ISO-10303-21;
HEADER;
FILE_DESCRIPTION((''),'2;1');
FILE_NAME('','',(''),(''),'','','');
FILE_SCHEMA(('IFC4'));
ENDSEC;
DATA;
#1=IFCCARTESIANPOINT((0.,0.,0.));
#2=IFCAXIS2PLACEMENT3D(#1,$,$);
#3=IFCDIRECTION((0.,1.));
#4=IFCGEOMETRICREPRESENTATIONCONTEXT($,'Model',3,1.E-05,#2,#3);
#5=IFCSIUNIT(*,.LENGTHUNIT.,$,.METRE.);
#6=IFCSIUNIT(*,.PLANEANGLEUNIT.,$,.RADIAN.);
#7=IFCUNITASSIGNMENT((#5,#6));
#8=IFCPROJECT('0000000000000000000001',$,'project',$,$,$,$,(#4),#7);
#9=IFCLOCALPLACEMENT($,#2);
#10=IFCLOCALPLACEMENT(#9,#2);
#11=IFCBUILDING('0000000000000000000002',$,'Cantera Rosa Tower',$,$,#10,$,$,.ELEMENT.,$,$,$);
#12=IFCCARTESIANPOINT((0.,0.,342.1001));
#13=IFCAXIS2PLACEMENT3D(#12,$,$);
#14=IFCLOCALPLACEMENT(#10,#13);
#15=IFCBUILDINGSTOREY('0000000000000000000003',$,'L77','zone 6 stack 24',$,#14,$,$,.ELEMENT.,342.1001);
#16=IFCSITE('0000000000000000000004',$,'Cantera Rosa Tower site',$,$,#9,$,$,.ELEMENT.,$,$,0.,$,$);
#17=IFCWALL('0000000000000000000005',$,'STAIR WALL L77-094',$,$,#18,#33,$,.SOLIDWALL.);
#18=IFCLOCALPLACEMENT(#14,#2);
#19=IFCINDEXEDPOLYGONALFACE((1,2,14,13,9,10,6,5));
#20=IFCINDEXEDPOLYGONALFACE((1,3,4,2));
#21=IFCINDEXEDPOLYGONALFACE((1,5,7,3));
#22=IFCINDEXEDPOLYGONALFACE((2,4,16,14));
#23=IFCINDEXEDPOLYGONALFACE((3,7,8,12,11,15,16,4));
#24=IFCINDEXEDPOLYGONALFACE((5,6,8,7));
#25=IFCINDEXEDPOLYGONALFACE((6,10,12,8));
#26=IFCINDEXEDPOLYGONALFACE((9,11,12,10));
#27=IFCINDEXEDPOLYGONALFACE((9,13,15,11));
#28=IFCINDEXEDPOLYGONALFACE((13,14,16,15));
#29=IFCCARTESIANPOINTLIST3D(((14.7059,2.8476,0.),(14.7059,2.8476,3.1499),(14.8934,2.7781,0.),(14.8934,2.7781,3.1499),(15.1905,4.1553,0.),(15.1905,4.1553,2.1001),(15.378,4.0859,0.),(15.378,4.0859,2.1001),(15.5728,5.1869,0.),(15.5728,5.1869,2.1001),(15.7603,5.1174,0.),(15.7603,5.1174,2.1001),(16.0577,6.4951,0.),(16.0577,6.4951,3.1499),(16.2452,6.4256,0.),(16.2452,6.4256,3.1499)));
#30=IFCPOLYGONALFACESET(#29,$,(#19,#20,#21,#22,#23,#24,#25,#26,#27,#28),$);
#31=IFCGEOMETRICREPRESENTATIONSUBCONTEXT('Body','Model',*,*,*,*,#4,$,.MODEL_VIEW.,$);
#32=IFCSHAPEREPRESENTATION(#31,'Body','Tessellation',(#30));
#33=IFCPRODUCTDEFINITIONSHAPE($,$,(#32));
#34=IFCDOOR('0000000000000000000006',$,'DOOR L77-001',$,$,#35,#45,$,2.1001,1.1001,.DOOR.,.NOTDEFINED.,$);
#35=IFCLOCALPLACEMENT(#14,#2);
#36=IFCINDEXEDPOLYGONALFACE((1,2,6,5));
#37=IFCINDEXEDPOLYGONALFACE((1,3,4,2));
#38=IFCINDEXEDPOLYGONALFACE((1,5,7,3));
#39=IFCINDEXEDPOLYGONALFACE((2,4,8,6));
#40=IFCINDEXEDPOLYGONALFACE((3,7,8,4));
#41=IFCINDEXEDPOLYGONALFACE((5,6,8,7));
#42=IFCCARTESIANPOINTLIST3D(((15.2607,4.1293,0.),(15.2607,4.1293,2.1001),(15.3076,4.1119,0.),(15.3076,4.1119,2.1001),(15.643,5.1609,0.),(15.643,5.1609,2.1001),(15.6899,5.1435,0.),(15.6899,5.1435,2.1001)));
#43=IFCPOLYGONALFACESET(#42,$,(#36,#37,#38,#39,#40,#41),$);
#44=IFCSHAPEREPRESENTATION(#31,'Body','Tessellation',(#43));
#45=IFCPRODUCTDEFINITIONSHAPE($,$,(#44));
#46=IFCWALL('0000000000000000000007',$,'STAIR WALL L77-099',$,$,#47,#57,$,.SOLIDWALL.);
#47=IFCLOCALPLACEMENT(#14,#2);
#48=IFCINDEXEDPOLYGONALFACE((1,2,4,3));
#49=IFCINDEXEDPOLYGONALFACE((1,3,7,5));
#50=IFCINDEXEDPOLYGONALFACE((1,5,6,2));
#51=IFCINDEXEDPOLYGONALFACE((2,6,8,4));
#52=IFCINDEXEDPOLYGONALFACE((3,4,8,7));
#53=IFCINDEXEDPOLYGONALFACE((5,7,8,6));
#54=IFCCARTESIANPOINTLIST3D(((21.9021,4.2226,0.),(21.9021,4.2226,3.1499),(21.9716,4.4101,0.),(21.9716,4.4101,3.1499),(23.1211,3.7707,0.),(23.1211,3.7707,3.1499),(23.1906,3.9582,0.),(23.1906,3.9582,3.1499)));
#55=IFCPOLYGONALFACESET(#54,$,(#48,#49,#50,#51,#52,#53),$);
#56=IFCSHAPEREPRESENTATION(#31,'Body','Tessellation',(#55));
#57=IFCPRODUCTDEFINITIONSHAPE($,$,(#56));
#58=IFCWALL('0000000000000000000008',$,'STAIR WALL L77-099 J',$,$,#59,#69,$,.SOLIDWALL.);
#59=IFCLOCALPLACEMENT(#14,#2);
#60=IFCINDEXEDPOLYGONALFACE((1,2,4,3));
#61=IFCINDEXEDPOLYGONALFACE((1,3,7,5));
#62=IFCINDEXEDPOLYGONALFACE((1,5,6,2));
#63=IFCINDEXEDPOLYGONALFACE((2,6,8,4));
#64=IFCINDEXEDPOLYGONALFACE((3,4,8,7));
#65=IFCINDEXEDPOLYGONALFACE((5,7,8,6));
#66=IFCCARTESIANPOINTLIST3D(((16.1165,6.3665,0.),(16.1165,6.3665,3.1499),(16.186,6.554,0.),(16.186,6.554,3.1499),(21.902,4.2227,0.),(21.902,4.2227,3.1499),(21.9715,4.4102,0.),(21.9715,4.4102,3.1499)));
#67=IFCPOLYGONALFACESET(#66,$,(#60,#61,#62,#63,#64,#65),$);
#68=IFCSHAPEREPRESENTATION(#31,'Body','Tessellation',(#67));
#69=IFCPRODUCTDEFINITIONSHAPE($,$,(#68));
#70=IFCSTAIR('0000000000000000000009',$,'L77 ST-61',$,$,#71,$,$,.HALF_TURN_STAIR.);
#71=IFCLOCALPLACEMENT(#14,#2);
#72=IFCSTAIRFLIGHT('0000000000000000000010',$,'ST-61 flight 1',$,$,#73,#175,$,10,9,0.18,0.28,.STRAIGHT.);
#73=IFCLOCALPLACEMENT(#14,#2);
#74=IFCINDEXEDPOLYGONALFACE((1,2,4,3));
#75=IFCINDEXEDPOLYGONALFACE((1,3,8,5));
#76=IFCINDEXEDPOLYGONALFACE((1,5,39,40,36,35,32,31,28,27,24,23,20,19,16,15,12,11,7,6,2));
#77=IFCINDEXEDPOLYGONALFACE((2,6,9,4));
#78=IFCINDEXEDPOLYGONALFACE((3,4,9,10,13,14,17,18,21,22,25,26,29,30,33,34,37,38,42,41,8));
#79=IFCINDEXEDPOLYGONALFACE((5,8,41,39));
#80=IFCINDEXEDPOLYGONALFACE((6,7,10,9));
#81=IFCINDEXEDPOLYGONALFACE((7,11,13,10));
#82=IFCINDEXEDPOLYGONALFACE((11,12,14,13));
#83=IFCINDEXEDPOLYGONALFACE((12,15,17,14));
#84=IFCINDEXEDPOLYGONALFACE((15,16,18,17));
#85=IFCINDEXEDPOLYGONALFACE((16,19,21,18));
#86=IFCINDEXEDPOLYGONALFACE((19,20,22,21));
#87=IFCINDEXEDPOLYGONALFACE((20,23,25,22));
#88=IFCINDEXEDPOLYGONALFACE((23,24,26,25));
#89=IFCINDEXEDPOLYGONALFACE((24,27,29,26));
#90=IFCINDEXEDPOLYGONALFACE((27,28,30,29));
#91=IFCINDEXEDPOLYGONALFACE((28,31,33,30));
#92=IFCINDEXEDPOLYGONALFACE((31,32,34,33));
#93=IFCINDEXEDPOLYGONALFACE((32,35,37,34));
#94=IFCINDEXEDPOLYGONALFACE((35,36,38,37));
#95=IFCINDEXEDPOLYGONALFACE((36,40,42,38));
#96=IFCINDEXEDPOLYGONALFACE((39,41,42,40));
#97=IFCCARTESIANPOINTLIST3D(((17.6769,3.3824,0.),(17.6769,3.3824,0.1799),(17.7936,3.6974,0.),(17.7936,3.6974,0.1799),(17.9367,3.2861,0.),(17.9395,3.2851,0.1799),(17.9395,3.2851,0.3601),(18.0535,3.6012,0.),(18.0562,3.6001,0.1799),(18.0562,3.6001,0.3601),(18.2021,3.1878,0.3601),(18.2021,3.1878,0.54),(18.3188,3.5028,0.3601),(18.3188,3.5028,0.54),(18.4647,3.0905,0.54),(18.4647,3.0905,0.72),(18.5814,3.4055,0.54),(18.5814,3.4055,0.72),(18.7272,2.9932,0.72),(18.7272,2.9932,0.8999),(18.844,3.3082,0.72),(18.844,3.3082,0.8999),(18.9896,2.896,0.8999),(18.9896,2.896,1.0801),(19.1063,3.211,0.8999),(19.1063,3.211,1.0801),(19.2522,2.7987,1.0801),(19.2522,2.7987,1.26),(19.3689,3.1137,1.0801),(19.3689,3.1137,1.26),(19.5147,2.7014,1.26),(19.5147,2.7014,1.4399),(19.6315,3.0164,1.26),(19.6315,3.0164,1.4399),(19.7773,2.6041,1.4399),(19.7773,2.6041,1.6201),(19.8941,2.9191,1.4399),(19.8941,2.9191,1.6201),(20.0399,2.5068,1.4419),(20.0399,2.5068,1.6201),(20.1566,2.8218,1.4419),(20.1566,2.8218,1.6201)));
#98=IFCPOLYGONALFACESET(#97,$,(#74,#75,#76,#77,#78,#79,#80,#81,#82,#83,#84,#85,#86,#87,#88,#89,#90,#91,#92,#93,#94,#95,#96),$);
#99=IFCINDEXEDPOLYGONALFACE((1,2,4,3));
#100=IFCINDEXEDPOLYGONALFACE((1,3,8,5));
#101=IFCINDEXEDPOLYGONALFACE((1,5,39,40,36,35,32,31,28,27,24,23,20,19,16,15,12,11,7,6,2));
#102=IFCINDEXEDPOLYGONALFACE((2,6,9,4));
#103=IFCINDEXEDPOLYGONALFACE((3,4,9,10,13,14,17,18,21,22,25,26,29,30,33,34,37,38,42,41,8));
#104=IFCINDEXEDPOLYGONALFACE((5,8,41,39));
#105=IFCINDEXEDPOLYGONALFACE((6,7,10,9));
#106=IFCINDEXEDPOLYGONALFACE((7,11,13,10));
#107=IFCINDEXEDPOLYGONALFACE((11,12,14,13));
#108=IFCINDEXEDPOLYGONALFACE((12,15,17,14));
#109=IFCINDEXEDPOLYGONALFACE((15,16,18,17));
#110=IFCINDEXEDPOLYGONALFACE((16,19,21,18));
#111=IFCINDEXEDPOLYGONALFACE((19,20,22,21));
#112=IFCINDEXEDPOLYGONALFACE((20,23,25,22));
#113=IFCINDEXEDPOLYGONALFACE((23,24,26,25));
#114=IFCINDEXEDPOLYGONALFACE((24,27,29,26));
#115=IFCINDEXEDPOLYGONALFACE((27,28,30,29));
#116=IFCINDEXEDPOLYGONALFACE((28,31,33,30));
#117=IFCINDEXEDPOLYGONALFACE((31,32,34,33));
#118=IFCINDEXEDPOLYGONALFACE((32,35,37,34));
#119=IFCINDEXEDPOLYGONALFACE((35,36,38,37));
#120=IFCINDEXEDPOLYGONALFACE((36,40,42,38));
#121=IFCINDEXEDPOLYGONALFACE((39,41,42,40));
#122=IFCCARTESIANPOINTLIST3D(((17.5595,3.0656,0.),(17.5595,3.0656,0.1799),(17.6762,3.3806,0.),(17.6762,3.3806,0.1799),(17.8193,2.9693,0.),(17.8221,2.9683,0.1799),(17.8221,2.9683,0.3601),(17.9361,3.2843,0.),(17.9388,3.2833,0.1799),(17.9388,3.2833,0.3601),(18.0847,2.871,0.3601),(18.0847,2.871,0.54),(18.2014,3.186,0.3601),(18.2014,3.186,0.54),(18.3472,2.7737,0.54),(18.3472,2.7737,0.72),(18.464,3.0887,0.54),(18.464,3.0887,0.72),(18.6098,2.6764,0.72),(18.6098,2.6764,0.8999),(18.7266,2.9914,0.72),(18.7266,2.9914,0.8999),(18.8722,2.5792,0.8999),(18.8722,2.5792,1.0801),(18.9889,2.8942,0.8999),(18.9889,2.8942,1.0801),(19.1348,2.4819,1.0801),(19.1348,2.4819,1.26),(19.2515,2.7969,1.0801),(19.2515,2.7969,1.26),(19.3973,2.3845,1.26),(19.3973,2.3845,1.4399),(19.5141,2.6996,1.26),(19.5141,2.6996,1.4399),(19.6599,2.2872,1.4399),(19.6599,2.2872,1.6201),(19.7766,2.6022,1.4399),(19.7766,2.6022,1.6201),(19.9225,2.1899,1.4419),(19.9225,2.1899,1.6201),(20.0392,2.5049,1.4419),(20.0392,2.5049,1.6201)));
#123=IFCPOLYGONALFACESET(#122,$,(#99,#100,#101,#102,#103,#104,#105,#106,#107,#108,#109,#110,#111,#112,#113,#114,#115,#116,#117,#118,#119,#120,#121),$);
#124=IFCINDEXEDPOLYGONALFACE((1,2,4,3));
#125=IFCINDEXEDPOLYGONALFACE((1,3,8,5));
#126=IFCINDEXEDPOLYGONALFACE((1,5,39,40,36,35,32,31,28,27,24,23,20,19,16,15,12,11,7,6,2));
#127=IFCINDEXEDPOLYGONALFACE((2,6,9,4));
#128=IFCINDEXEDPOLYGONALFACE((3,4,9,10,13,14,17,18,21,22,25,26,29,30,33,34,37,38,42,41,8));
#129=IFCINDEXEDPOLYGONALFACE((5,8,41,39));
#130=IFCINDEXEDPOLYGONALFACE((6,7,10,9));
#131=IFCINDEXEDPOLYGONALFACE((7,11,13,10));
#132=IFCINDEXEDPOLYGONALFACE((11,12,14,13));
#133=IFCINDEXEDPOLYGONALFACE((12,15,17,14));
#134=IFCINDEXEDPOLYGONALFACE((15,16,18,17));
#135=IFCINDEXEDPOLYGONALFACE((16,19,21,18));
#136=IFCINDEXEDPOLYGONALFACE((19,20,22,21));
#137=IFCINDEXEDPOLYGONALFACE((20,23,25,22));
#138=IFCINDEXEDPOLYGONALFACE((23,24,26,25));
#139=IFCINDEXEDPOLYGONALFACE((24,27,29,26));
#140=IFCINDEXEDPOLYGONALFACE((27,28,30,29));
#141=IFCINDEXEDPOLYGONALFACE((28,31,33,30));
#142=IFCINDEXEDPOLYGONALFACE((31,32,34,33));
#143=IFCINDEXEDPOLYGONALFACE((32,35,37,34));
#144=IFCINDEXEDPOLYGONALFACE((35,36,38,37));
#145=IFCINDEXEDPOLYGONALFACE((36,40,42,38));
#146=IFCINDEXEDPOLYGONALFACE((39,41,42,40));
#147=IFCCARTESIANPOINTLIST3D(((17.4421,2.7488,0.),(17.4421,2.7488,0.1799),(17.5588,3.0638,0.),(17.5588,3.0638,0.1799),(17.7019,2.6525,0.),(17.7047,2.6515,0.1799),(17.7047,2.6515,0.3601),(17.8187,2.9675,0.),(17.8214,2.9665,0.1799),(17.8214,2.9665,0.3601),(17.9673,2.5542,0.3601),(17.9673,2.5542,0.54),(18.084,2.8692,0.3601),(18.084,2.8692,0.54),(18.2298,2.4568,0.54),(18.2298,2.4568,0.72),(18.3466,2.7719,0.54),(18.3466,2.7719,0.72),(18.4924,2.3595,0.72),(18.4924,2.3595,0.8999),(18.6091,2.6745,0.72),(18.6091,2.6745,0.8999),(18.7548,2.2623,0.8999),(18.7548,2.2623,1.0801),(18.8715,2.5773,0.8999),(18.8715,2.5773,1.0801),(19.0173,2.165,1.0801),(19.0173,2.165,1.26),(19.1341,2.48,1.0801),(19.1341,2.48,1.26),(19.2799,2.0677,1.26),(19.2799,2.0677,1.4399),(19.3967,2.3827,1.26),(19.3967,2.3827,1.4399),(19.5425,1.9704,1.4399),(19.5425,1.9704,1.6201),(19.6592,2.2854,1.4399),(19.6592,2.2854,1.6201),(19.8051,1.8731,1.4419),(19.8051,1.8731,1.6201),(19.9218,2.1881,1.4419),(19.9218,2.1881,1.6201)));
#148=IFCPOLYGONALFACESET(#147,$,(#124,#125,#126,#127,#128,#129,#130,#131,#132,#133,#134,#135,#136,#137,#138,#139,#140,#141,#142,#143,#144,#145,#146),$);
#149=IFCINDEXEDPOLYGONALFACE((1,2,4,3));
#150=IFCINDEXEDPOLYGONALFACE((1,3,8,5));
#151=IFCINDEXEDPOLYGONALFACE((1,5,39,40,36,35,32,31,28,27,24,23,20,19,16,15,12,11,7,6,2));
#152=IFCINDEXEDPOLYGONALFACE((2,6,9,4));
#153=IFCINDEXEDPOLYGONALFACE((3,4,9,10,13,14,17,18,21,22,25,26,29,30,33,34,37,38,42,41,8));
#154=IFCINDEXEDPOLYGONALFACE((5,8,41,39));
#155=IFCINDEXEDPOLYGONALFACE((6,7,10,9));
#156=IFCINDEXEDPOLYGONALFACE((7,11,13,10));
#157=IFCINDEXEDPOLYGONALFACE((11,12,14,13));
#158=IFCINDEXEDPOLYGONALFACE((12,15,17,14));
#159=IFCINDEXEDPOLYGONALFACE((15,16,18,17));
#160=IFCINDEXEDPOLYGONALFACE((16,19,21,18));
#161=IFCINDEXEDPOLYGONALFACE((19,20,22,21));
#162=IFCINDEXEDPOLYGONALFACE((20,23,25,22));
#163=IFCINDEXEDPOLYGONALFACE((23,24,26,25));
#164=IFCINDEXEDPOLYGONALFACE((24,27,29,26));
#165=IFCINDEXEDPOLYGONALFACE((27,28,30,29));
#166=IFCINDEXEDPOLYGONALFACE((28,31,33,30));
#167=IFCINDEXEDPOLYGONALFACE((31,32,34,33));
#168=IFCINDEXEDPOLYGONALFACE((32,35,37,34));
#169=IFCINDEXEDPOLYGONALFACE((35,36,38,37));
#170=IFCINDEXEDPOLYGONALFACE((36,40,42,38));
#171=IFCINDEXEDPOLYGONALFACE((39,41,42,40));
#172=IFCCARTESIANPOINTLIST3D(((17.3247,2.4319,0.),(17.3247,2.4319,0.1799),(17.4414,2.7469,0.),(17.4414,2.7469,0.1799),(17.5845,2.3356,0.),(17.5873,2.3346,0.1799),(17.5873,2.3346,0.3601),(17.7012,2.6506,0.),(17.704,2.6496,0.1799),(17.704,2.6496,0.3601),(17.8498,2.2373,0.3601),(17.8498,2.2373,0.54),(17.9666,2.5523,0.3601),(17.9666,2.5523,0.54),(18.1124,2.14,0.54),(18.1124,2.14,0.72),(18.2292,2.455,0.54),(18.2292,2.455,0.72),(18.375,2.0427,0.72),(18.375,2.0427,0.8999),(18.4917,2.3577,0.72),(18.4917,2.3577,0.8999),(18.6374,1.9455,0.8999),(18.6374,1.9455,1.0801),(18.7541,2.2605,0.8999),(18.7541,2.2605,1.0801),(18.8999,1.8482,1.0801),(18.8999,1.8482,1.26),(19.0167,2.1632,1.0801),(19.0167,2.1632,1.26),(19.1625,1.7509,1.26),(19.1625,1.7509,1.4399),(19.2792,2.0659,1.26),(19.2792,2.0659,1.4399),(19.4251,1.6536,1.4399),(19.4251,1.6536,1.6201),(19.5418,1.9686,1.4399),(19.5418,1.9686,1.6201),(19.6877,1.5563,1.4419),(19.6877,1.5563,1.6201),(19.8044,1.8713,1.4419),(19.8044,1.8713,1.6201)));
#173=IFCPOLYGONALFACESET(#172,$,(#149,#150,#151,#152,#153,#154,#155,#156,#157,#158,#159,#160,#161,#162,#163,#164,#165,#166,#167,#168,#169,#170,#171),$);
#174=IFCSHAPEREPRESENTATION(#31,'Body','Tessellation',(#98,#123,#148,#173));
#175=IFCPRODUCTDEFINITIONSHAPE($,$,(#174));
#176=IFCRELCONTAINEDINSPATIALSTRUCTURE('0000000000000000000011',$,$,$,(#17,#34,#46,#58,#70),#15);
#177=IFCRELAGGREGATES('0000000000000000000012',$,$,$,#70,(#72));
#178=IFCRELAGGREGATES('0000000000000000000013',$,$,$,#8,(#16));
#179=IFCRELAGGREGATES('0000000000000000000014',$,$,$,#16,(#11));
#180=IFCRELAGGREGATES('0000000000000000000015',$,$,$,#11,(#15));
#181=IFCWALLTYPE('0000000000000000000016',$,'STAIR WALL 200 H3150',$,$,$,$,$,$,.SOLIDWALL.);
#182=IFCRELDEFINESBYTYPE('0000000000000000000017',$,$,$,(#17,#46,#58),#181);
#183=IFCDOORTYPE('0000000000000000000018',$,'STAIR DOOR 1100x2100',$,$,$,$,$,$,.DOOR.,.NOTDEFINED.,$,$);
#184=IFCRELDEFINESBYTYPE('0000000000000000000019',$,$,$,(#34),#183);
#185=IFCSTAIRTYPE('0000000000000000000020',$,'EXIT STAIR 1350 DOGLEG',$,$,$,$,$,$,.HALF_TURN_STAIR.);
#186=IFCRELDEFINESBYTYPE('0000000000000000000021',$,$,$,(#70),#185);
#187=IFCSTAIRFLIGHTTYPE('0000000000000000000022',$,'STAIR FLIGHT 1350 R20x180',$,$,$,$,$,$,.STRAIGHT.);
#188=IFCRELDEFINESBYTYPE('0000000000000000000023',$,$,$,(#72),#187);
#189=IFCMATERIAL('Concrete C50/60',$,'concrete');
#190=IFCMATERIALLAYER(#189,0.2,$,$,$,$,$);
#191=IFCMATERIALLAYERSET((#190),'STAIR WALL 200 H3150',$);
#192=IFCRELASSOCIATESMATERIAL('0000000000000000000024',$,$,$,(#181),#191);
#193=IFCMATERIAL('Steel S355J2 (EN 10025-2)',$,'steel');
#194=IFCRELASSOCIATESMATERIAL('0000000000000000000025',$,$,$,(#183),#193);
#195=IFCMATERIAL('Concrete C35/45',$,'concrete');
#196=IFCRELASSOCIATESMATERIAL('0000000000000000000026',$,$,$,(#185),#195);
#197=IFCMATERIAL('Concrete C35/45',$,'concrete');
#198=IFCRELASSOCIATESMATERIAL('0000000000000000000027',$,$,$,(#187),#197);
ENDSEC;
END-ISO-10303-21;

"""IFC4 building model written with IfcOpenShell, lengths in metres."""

from ifc_helpers import new_model, si_unit, direction, frame, frame_2d, origin, place, context, subcontext, project, spatial, polyline, rectangle, outline, extrude, material, layer, layer_set, type_object, element, fill, aggregate, save


model = new_model("IFC4")

# Units and contexts
model_context = context("Model", 3, precision=1e-05, world=origin(), true_north=direction((0.0, 1.0)))
body_context = subcontext(model_context, "Body", "Model", "MODEL_VIEW")
ifc_project = project(units=[si_unit("LENGTHUNIT", "METRE"), si_unit("PLANEANGLEUNIT", "RADIAN")], contexts=[model_context])

# Site, building, storey
site_placement = place(None, origin())
site = spatial("IfcSite", under=ifc_project, at=site_placement, Name="Cantera Rosa Tower site", CompositionType="ELEMENT", RefElevation=0.0)
building_placement = place(site_placement, origin())
building = spatial("IfcBuilding", under=site, at=building_placement, Name="Cantera Rosa Tower", CompositionType="ELEMENT")
storey_placement = place(building_placement, frame((0.0, 0.0, 342.1001)))
storey = spatial("IfcBuildingStorey", under=building, at=storey_placement, Name="L77", Description="zone 6 stack 24", CompositionType="ELEMENT", Elevation=342.1001)

# Wall, opening, door
ifc_material_1 = material(Name="Concrete C50/60", Category="concrete")
ifc_layer_1 = layer(ifc_material_1, 0.2)
ifc_layer_set_1 = layer_set([ifc_layer_1], Name="STAIR WALL 200 H3150")
wall_type_1 = type_object("IfcWallType", Name="STAIR WALL 200 H3150", PredefinedType="SOLIDWALL", material=ifc_layer_set_1)
wall_1_placement = place(storey_placement, frame((16.1514, 6.4602, 0.0), z_axis=(0.0, 0.0, 1.0), x_axis=(-0.347517, -0.937674, 0.0)))
wall_1 = element("IfcWall", 1, at=wall_1_placement, inside=storey, type_object=wall_type_1, Name="STAIR WALL L77-094", PredefinedType="SOLIDWALL", context=body_context, shape_type="SweptSolid", body=[
    extrude(rectangle(XDim=3.8899, YDim=0.2, at=frame_2d((1.9448, 0.0))), origin(), (0.0, 0.0, 1.0), 3.1499),
])
opening_1_placement = place(wall_1_placement, frame((1.395, 0.0, 0.0)))
opening_1 = element("IfcOpeningElement", 2, at=opening_1_placement, cuts=wall_1, PredefinedType="OPENING", context=body_context, shape_type="SweptSolid", body=[
    extrude(rectangle(XDim=1.1001, YDim=2.1001, at=frame_2d((0.55, 1.05))), frame((0.0, 0.1099, 0.0), z_axis=(0.0, -1.0, 0.0), x_axis=(1.0, 0.0, 0.0)), (0.0, 0.0, 1.0), 0.22),
])
ifc_material_2 = material(Name="Steel S355J2 (EN 10025-2)", Category="steel")
door_type_1 = type_object("IfcDoorType", Name="STAIR DOOR 1100x2100", OperationType="NOTDEFINED", PredefinedType="DOOR", material=ifc_material_2)
door_1_placement = place(opening_1_placement, origin())
door_1 = element("IfcDoor", 3, at=door_1_placement, inside=storey, type_object=door_type_1, Name="DOOR L77-001", OperationType="NOTDEFINED", OverallHeight=2.1001, OverallWidth=1.1001, PredefinedType="DOOR", context=body_context, shape_type="SweptSolid", body=[
    extrude(rectangle(XDim=1.1001, YDim=2.1001, at=frame_2d((0.55, 1.05))), frame((0.0, 0.0249, 0.0), z_axis=(0.0, -1.0, 0.0), x_axis=(1.0, 0.0, 0.0)), (0.0, 0.0, 1.0), 0.05),
])
fill(opening_1, door_1)

# Walls
wall_2_placement = place(storey_placement, frame((23.1558, 3.8645, 0.0), z_axis=(0.0, 0.0, 1.0), x_axis=(-0.937642, 0.347602, 0.0)))
element("IfcWall", 4, at=wall_2_placement, inside=storey, type_object=wall_type_1, Name="STAIR WALL L77-099", PredefinedType="SOLIDWALL", context=body_context, shape_type="SweptSolid", body=[
    extrude(rectangle(XDim=1.3, YDim=0.2, at=frame_2d((0.6499, 0.0))), origin(), (0.0, 0.0, 1.0), 3.1499),
])
wall_3_placement = place(storey_placement, frame((21.9368, 4.3164, 0.0), z_axis=(0.0, 0.0, 1.0), x_axis=(-0.937693, 0.347465, 0.0)))
element("IfcWall", 5, at=wall_3_placement, inside=storey, type_object=wall_type_1, Name="STAIR WALL L77-099 J", PredefinedType="SOLIDWALL", context=body_context, shape_type="SweptSolid", body=[
    extrude(rectangle(XDim=6.1699, YDim=0.2, at=frame_2d((3.085, 0.0))), origin(), (0.0, 0.0, 1.0), 3.1499),
])

# Stair, stair flight
ifc_material_3 = material(Name="Concrete C35/45", Category="concrete")
stair_type = type_object("IfcStairType", Name="EXIT STAIR 1350 DOGLEG", PredefinedType="HALF_TURN_STAIR", material=ifc_material_3)
stair_placement = place(storey_placement, origin())
stair = element("IfcStair", 6, at=stair_placement, inside=storey, type_object=stair_type, Name="L77 ST-61", PredefinedType="HALF_TURN_STAIR")
ifc_material_4 = material(Name="Concrete C35/45", Category="concrete")
stair_flight_type = type_object("IfcStairFlightType", Name="STAIR FLIGHT 1350 R20x180", PredefinedType="STRAIGHT", material=ifc_material_4)
stair_flight_1_placement = place(storey_placement, frame((17.5591, 3.0645, 0.0), z_axis=(0.0, 0.0, 1.0), x_axis=(0.937687, -0.347481, 0.0)))
stair_flight_1 = element("IfcStairFlight", 7, at=stair_flight_1_placement, type_object=stair_flight_type, Name="ST-61 flight 1", NumberOfRisers=10, NumberOfTreads=9, PredefinedType="STRAIGHT", RiserHeight=0.18, TreadLength=0.28, context=body_context, shape_type="SweptSolid", body=[
    extrude(outline(polyline([(0.0, 0.0), (0.0, 0.1799), (0.28, 0.1799), (0.28, 0.3601), (0.5601, 0.3601), (0.5601, 0.54), (0.8401, 0.54), (0.8401, 0.72), (1.1201, 0.72), (1.1201, 0.8999), (1.3999, 0.8999), (1.3999, 1.0801), (1.6799, 1.0801), (1.6799, 1.26), (1.96, 1.26), (1.96, 1.4399), (2.24, 1.4399), (2.24, 1.6201), (2.52, 1.6201), (2.52, 1.8), (2.52, 1.4419), (0.2771, 0.0), (0.0, 0.0)])), frame((0.0, 0.675, 0.0), z_axis=(0.0, -1.0, 0.0), x_axis=(1.0, 0.0, 0.0)), (0.0, 0.0, 1.0), 0.3359),
    extrude(outline(polyline([(0.0, 0.0), (0.0, 0.1799), (0.28, 0.1799), (0.28, 0.3601), (0.5601, 0.3601), (0.5601, 0.54), (0.8401, 0.54), (0.8401, 0.72), (1.1201, 0.72), (1.1201, 0.8999), (1.3999, 0.8999), (1.3999, 1.0801), (1.6799, 1.0801), (1.6799, 1.26), (1.96, 1.26), (1.96, 1.4399), (2.24, 1.4399), (2.24, 1.6201), (2.52, 1.6201), (2.52, 1.8), (2.52, 1.4419), (0.2771, 0.0), (0.0, 0.0)])), frame((0.0, 0.3372, 0.0), z_axis=(0.0, -1.0, 0.0), x_axis=(1.0, 0.0, 0.0)), (0.0, 0.0, 1.0), 0.3359),
    extrude(outline(polyline([(0.0, 0.0), (0.0, 0.1799), (0.28, 0.1799), (0.28, 0.3601), (0.5601, 0.3601), (0.5601, 0.54), (0.8401, 0.54), (0.8401, 0.72), (1.1201, 0.72), (1.1201, 0.8999), (1.3999, 0.8999), (1.3999, 1.0801), (1.6799, 1.0801), (1.6799, 1.26), (1.96, 1.26), (1.96, 1.4399), (2.24, 1.4399), (2.24, 1.6201), (2.52, 1.6201), (2.52, 1.8), (2.52, 1.4419), (0.2771, 0.0), (0.0, 0.0)])), frame((0.0, -0.0007, 0.0), z_axis=(0.0, -1.0, 0.0), x_axis=(1.0, 0.0, 0.0)), (0.0, 0.0, 1.0), 0.3359),
    extrude(outline(polyline([(0.0, 0.0), (0.0, 0.1799), (0.28, 0.1799), (0.28, 0.3601), (0.5601, 0.3601), (0.5601, 0.54), (0.8401, 0.54), (0.8401, 0.72), (1.1201, 0.72), (1.1201, 0.8999), (1.3999, 0.8999), (1.3999, 1.0801), (1.6799, 1.0801), (1.6799, 1.26), (1.96, 1.26), (1.96, 1.4399), (2.24, 1.4399), (2.24, 1.6201), (2.52, 1.6201), (2.52, 1.8), (2.52, 1.4419), (0.2771, 0.0), (0.0, 0.0)])), frame((0.0, -0.3386, 0.0), z_axis=(0.0, -1.0, 0.0), x_axis=(1.0, 0.0, 0.0)), (0.0, 0.0, 1.0), 0.3359),
])
aggregate(stair, [stair_flight_1])

save(model, "model.ifc")
